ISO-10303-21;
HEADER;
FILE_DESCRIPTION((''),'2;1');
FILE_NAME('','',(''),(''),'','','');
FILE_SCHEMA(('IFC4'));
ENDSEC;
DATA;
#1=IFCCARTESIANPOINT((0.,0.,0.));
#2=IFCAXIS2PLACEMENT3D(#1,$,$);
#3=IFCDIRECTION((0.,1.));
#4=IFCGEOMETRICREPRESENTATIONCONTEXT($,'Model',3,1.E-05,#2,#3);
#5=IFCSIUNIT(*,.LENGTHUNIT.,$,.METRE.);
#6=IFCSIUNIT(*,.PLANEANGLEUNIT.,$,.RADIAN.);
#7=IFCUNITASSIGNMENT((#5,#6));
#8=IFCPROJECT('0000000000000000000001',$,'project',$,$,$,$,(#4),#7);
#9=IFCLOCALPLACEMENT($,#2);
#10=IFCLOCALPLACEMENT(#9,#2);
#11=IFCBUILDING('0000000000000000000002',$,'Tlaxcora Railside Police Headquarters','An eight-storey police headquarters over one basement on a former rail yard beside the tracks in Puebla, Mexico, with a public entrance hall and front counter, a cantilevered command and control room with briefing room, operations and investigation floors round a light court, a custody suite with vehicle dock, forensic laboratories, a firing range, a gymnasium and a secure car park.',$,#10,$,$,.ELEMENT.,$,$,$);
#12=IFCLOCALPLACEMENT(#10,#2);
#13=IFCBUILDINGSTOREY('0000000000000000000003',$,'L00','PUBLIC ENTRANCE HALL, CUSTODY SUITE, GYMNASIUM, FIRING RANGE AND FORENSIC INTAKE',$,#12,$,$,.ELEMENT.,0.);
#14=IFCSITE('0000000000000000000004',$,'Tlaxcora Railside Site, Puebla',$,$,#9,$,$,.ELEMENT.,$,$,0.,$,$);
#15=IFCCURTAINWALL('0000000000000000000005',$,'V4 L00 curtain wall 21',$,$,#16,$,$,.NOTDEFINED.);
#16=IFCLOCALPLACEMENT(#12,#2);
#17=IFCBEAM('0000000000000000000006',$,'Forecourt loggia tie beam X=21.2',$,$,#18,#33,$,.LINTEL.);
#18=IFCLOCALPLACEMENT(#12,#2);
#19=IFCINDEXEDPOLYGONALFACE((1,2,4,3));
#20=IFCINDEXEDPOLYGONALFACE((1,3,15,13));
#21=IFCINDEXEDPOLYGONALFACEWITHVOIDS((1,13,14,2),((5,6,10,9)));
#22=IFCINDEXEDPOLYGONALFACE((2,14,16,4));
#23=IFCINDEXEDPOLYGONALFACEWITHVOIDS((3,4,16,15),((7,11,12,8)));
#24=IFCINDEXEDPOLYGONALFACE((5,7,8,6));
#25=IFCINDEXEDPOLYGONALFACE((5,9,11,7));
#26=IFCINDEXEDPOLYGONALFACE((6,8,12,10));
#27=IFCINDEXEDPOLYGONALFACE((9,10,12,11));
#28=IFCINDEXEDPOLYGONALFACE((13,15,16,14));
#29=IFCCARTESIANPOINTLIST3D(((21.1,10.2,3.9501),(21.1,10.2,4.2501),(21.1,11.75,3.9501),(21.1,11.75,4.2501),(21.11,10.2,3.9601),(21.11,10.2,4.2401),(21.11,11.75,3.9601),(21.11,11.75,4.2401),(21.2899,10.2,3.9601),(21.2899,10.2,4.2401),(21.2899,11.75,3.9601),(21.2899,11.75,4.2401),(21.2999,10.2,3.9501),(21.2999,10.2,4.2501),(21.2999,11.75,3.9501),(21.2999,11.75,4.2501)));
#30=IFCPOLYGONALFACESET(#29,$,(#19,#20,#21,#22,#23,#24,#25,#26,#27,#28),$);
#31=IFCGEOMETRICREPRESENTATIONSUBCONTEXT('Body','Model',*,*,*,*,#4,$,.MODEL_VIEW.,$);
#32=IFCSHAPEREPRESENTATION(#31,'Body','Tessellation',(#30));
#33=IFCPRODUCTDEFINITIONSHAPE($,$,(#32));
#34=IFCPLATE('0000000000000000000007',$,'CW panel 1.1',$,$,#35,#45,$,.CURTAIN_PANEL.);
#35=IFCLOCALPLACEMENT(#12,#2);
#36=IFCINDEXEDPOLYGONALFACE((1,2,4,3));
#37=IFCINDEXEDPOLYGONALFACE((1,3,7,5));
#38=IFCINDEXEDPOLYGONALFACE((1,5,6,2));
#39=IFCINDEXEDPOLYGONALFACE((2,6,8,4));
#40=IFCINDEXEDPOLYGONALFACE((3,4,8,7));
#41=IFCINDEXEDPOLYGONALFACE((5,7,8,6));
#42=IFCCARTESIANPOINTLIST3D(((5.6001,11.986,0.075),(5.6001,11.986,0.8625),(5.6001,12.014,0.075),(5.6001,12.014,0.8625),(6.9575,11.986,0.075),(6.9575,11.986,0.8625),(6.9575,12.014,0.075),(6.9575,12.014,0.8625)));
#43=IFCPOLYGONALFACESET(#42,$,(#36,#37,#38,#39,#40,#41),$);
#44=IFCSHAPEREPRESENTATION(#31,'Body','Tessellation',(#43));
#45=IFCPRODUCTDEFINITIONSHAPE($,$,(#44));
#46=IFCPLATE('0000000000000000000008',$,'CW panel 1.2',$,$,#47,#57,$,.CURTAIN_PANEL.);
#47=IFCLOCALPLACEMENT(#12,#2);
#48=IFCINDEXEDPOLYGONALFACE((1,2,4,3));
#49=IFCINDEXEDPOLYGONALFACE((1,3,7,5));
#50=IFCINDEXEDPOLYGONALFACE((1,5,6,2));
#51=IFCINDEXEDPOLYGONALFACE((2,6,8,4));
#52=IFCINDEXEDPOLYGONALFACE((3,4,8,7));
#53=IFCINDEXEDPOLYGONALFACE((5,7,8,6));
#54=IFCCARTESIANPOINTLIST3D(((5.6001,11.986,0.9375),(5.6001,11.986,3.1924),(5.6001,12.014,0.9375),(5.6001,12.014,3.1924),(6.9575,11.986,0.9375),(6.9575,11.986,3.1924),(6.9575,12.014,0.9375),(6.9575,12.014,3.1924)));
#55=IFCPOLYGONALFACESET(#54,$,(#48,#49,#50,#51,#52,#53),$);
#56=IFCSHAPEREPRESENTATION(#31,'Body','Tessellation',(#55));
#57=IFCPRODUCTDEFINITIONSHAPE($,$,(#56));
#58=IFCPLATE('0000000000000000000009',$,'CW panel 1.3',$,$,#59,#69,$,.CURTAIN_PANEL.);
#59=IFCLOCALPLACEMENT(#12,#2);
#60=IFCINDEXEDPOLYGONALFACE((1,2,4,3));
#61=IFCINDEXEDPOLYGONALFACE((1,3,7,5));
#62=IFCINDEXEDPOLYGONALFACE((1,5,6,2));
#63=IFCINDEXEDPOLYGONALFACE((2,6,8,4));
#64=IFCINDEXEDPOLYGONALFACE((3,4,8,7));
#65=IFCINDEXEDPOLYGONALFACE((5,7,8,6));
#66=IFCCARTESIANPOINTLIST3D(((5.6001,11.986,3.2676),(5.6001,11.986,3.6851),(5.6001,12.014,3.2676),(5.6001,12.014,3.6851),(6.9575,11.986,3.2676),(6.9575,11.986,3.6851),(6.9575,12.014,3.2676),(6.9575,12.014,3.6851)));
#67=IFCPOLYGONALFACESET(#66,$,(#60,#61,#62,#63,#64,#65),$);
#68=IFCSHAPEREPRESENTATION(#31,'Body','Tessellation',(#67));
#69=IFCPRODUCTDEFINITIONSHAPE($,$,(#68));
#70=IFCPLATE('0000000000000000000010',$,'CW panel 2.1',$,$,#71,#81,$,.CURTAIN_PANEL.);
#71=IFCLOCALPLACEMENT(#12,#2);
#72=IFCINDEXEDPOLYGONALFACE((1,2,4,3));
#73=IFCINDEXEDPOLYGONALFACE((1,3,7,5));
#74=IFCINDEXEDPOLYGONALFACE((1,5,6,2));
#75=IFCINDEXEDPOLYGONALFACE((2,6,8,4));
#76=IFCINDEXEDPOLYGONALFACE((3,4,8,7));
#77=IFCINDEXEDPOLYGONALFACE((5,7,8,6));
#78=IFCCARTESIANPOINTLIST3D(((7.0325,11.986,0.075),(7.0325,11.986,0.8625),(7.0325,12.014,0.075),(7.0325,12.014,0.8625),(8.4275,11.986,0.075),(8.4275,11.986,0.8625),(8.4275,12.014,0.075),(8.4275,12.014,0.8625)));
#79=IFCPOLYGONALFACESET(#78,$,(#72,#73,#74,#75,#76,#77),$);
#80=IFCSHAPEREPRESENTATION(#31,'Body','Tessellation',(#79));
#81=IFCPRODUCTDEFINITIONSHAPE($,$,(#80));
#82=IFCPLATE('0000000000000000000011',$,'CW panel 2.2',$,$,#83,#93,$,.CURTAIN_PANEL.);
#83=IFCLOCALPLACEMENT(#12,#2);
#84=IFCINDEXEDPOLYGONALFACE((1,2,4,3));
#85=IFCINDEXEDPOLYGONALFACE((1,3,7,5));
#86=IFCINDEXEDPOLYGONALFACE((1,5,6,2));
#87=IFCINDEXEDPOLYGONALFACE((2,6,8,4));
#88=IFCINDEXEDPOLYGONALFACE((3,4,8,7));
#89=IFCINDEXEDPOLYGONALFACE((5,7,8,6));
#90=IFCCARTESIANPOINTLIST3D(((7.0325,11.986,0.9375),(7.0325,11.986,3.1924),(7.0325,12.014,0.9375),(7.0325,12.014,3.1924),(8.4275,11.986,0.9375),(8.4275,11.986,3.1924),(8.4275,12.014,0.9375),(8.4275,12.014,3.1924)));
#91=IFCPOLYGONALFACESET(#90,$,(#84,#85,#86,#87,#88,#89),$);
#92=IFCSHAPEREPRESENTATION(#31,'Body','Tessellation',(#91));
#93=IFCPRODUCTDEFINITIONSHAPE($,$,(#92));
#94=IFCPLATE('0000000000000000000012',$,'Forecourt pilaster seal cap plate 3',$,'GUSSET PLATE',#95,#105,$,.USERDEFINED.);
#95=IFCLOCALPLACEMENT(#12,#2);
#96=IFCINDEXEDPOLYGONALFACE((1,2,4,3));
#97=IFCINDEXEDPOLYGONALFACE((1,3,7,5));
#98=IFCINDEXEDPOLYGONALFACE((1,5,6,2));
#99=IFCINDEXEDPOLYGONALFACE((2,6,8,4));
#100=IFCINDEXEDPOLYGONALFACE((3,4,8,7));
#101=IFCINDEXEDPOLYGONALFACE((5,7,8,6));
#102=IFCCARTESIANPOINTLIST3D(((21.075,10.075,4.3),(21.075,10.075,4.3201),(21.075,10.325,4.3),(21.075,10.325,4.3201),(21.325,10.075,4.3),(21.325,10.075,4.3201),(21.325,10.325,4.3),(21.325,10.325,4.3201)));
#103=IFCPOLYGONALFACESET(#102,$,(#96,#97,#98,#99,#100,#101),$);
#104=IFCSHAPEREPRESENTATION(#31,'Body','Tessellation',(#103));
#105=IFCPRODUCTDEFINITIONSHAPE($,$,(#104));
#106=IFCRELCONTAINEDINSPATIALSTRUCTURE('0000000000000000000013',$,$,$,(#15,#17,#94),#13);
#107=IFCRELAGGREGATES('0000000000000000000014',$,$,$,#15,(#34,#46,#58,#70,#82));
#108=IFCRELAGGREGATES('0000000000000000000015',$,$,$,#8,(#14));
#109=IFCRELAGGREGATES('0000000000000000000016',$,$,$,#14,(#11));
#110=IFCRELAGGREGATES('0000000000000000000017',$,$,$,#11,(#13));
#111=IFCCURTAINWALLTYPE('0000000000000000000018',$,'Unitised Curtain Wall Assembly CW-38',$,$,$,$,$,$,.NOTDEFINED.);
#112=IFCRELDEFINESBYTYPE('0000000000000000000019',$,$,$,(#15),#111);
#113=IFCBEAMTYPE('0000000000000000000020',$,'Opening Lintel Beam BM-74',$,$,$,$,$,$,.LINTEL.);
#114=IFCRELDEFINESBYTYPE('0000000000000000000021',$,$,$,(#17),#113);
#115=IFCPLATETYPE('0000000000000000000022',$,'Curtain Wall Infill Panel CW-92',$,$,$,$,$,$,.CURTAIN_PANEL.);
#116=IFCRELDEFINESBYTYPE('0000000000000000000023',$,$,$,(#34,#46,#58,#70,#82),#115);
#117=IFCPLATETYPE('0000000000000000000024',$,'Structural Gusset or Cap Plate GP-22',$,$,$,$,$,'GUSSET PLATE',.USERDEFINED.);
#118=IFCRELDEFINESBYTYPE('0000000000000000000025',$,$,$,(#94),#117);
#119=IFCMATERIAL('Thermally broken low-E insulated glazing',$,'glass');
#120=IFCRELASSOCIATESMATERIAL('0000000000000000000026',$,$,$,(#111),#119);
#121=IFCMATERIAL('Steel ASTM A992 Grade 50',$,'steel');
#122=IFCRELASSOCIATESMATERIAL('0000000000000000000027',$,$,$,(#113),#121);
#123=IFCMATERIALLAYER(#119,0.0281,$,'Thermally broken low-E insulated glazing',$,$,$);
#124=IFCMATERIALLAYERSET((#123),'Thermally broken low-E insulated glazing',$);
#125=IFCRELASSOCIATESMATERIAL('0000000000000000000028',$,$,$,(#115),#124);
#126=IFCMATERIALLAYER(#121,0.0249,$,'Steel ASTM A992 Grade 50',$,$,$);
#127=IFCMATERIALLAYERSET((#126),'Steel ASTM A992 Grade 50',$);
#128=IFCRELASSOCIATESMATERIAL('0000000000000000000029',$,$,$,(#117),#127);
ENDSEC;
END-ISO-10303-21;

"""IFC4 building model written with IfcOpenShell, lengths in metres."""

from ifc_helpers import new_model, si_unit, direction, frame, origin, origin_2d, place, context, subcontext, project, spatial, rectangle, hollow_rectangle, extrude, material, layer, layer_set, material_profile, profile_set, type_object, element, aggregate, save


model = new_model("IFC4")

# Units and contexts
model_context = context("Model", 3, precision=1e-05, world=origin(), true_north=direction((0.0, 1.0)))
body_context = subcontext(model_context, "Body", "Model", "MODEL_VIEW")
ifc_project = project(units=[si_unit("LENGTHUNIT", "METRE"), si_unit("PLANEANGLEUNIT", "RADIAN")], contexts=[model_context])

# Site, building, storey
site_placement = place(None, origin())
site = spatial("IfcSite", under=ifc_project, at=site_placement, Name="Tlaxcora Railside Site, Puebla", CompositionType="ELEMENT", RefElevation=0.0)
building_placement = place(site_placement, origin())
building = spatial("IfcBuilding", under=site, at=building_placement, Name="Tlaxcora Railside Police Headquarters", Description="An eight-storey police headquarters over one basement on a former rail yard beside the tracks in Puebla, Mexico, with a public entrance hall and front counter, a cantilevered command and control room with briefing room, operations and investigation floors round a light court, a custody suite with vehicle dock, forensic laboratories, a firing range, a gymnasium and a secure car park.", CompositionType="ELEMENT")
storey_placement = place(building_placement, origin())
storey = spatial("IfcBuildingStorey", under=building, at=storey_placement, Name="L00", Description="PUBLIC ENTRANCE HALL, CUSTODY SUITE, GYMNASIUM, FIRING RANGE AND FORENSIC INTAKE", CompositionType="ELEMENT", Elevation=0.0)

# Shared definitions
ifc_material_1 = material(Name="Steel ASTM A992 Grade 50", Category="steel")

# Curtain wall
ifc_material_2 = material(Name="Thermally broken low-E insulated glazing", Category="glass")
curtain_wall_type = type_object("IfcCurtainWallType", Name="Unitised Curtain Wall Assembly CW-38", PredefinedType="NOTDEFINED", material=ifc_material_2)
curtain_wall_placement = place(storey_placement, origin())
curtain_wall = element("IfcCurtainWall", 1, at=curtain_wall_placement, inside=storey, type_object=curtain_wall_type, Name="V4 L00 curtain wall 21", PredefinedType="NOTDEFINED")

# Beam
ifc_material_profile_1 = material_profile(ifc_material_1, hollow_rectangle(XDim=0.2, YDim=0.3, WallThickness=0.01, at=origin_2d()), Name="HSS300X200X10")
ifc_profile_set_1 = profile_set([ifc_material_profile_1], Name="Steel ASTM A992 Grade 50")
beam_type_1 = type_object("IfcBeamType", Name="Opening Lintel Beam BM-74", PredefinedType="LINTEL", material=ifc_profile_set_1)
for number, where, z_axis, x_axis, name in (
    (2, (21.2, 10.2, 4.1001), (0.0, 1.0, 0.0), (-1.0, 0.0, 0.0), "Forecourt loggia tie beam X=21.2"),
):
    element("IfcBeam", number, at=place(storey_placement, frame(where, z_axis=z_axis, x_axis=x_axis)), inside=storey, type_object=beam_type_1, Name=name, PredefinedType="LINTEL", context=body_context, shape_type="SweptSolid", body=[
        extrude(hollow_rectangle(XDim=0.2, YDim=0.3, WallThickness=0.01, at=origin_2d()), origin(), (0.0, 0.0, 1.0), 1.55),
    ])

# Plates
ifc_layer_1 = layer(ifc_material_2, 0.0281, Name="Thermally broken low-E insulated glazing")
ifc_layer_set_1 = layer_set([ifc_layer_1], Name="Thermally broken low-E insulated glazing")
plate_type_1 = type_object("IfcPlateType", Name="Curtain Wall Infill Panel CW-92", PredefinedType="CURTAIN_PANEL", material=ifc_layer_set_1)
plate_1_placement = place(storey_placement, frame((6.2788, 12.0, 0.075), z_axis=(0.0, 0.0, 1.0), x_axis=(1.0, 0.0, 0.0)))
plate_1 = element("IfcPlate", 3, at=plate_1_placement, type_object=plate_type_1, Name="CW panel 1.1", PredefinedType="CURTAIN_PANEL", context=body_context, shape_type="SweptSolid", body=[
    extrude(rectangle(XDim=1.3574, YDim=0.0281, at=origin_2d()), origin(), (0.0, 0.0, 1.0), 0.7876),
])
plate_2_placement = place(storey_placement, frame((6.2788, 12.0, 0.9375), z_axis=(0.0, 0.0, 1.0), x_axis=(1.0, 0.0, 0.0)))
plate_2 = element("IfcPlate", 4, at=plate_2_placement, type_object=plate_type_1, Name="CW panel 1.2", PredefinedType="CURTAIN_PANEL", context=body_context, shape_type="SweptSolid", body=[
    extrude(rectangle(XDim=1.3574, YDim=0.0281, at=origin_2d()), origin(), (0.0, 0.0, 1.0), 2.2549),
])
plate_3_placement = place(storey_placement, frame((6.2788, 12.0, 3.2676), z_axis=(0.0, 0.0, 1.0), x_axis=(1.0, 0.0, 0.0)))
plate_3 = element("IfcPlate", 5, at=plate_3_placement, type_object=plate_type_1, Name="CW panel 1.3", PredefinedType="CURTAIN_PANEL", context=body_context, shape_type="SweptSolid", body=[
    extrude(rectangle(XDim=1.3574, YDim=0.0281, at=origin_2d()), origin(), (0.0, 0.0, 1.0), 0.4175),
])
plate_4_placement = place(storey_placement, frame((7.73, 12.0, 0.075), z_axis=(0.0, 0.0, 1.0), x_axis=(1.0, 0.0, 0.0)))
plate_4 = element("IfcPlate", 6, at=plate_4_placement, type_object=plate_type_1, Name="CW panel 2.1", PredefinedType="CURTAIN_PANEL", context=body_context, shape_type="SweptSolid", body=[
    extrude(rectangle(XDim=1.395, YDim=0.0281, at=origin_2d()), origin(), (0.0, 0.0, 1.0), 0.7876),
])
plate_5_placement = place(storey_placement, frame((7.73, 12.0, 0.9375), z_axis=(0.0, 0.0, 1.0), x_axis=(1.0, 0.0, 0.0)))
plate_5 = element("IfcPlate", 7, at=plate_5_placement, type_object=plate_type_1, Name="CW panel 2.2", PredefinedType="CURTAIN_PANEL", context=body_context, shape_type="SweptSolid", body=[
    extrude(rectangle(XDim=1.395, YDim=0.0281, at=origin_2d()), origin(), (0.0, 0.0, 1.0), 2.2549),
])
aggregate(curtain_wall, [plate_1, plate_2, plate_3, plate_4, plate_5])
ifc_layer_2 = layer(ifc_material_1, 0.0249, Name="Steel ASTM A992 Grade 50")
ifc_layer_set_2 = layer_set([ifc_layer_2], Name="Steel ASTM A992 Grade 50")
plate_type_2 = type_object("IfcPlateType", Name="Structural Gusset or Cap Plate GP-22", ElementType="GUSSET PLATE", PredefinedType="USERDEFINED", material=ifc_layer_set_2)
plate_6_placement = place(storey_placement, frame((21.2, 10.2, 4.3), z_axis=(0.0, 0.0, 1.0), x_axis=(1.0, 0.0, 0.0)))
element("IfcPlate", 8, at=plate_6_placement, inside=storey, type_object=plate_type_2, Name="Forecourt pilaster seal cap plate 3", ObjectType="GUSSET PLATE", PredefinedType="USERDEFINED", context=body_context, shape_type="SweptSolid", body=[
    extrude(rectangle(XDim=0.25, YDim=0.25, at=origin_2d()), origin(), (0.0, 0.0, 1.0), 0.02),
])

save(model, "model.ifc")
